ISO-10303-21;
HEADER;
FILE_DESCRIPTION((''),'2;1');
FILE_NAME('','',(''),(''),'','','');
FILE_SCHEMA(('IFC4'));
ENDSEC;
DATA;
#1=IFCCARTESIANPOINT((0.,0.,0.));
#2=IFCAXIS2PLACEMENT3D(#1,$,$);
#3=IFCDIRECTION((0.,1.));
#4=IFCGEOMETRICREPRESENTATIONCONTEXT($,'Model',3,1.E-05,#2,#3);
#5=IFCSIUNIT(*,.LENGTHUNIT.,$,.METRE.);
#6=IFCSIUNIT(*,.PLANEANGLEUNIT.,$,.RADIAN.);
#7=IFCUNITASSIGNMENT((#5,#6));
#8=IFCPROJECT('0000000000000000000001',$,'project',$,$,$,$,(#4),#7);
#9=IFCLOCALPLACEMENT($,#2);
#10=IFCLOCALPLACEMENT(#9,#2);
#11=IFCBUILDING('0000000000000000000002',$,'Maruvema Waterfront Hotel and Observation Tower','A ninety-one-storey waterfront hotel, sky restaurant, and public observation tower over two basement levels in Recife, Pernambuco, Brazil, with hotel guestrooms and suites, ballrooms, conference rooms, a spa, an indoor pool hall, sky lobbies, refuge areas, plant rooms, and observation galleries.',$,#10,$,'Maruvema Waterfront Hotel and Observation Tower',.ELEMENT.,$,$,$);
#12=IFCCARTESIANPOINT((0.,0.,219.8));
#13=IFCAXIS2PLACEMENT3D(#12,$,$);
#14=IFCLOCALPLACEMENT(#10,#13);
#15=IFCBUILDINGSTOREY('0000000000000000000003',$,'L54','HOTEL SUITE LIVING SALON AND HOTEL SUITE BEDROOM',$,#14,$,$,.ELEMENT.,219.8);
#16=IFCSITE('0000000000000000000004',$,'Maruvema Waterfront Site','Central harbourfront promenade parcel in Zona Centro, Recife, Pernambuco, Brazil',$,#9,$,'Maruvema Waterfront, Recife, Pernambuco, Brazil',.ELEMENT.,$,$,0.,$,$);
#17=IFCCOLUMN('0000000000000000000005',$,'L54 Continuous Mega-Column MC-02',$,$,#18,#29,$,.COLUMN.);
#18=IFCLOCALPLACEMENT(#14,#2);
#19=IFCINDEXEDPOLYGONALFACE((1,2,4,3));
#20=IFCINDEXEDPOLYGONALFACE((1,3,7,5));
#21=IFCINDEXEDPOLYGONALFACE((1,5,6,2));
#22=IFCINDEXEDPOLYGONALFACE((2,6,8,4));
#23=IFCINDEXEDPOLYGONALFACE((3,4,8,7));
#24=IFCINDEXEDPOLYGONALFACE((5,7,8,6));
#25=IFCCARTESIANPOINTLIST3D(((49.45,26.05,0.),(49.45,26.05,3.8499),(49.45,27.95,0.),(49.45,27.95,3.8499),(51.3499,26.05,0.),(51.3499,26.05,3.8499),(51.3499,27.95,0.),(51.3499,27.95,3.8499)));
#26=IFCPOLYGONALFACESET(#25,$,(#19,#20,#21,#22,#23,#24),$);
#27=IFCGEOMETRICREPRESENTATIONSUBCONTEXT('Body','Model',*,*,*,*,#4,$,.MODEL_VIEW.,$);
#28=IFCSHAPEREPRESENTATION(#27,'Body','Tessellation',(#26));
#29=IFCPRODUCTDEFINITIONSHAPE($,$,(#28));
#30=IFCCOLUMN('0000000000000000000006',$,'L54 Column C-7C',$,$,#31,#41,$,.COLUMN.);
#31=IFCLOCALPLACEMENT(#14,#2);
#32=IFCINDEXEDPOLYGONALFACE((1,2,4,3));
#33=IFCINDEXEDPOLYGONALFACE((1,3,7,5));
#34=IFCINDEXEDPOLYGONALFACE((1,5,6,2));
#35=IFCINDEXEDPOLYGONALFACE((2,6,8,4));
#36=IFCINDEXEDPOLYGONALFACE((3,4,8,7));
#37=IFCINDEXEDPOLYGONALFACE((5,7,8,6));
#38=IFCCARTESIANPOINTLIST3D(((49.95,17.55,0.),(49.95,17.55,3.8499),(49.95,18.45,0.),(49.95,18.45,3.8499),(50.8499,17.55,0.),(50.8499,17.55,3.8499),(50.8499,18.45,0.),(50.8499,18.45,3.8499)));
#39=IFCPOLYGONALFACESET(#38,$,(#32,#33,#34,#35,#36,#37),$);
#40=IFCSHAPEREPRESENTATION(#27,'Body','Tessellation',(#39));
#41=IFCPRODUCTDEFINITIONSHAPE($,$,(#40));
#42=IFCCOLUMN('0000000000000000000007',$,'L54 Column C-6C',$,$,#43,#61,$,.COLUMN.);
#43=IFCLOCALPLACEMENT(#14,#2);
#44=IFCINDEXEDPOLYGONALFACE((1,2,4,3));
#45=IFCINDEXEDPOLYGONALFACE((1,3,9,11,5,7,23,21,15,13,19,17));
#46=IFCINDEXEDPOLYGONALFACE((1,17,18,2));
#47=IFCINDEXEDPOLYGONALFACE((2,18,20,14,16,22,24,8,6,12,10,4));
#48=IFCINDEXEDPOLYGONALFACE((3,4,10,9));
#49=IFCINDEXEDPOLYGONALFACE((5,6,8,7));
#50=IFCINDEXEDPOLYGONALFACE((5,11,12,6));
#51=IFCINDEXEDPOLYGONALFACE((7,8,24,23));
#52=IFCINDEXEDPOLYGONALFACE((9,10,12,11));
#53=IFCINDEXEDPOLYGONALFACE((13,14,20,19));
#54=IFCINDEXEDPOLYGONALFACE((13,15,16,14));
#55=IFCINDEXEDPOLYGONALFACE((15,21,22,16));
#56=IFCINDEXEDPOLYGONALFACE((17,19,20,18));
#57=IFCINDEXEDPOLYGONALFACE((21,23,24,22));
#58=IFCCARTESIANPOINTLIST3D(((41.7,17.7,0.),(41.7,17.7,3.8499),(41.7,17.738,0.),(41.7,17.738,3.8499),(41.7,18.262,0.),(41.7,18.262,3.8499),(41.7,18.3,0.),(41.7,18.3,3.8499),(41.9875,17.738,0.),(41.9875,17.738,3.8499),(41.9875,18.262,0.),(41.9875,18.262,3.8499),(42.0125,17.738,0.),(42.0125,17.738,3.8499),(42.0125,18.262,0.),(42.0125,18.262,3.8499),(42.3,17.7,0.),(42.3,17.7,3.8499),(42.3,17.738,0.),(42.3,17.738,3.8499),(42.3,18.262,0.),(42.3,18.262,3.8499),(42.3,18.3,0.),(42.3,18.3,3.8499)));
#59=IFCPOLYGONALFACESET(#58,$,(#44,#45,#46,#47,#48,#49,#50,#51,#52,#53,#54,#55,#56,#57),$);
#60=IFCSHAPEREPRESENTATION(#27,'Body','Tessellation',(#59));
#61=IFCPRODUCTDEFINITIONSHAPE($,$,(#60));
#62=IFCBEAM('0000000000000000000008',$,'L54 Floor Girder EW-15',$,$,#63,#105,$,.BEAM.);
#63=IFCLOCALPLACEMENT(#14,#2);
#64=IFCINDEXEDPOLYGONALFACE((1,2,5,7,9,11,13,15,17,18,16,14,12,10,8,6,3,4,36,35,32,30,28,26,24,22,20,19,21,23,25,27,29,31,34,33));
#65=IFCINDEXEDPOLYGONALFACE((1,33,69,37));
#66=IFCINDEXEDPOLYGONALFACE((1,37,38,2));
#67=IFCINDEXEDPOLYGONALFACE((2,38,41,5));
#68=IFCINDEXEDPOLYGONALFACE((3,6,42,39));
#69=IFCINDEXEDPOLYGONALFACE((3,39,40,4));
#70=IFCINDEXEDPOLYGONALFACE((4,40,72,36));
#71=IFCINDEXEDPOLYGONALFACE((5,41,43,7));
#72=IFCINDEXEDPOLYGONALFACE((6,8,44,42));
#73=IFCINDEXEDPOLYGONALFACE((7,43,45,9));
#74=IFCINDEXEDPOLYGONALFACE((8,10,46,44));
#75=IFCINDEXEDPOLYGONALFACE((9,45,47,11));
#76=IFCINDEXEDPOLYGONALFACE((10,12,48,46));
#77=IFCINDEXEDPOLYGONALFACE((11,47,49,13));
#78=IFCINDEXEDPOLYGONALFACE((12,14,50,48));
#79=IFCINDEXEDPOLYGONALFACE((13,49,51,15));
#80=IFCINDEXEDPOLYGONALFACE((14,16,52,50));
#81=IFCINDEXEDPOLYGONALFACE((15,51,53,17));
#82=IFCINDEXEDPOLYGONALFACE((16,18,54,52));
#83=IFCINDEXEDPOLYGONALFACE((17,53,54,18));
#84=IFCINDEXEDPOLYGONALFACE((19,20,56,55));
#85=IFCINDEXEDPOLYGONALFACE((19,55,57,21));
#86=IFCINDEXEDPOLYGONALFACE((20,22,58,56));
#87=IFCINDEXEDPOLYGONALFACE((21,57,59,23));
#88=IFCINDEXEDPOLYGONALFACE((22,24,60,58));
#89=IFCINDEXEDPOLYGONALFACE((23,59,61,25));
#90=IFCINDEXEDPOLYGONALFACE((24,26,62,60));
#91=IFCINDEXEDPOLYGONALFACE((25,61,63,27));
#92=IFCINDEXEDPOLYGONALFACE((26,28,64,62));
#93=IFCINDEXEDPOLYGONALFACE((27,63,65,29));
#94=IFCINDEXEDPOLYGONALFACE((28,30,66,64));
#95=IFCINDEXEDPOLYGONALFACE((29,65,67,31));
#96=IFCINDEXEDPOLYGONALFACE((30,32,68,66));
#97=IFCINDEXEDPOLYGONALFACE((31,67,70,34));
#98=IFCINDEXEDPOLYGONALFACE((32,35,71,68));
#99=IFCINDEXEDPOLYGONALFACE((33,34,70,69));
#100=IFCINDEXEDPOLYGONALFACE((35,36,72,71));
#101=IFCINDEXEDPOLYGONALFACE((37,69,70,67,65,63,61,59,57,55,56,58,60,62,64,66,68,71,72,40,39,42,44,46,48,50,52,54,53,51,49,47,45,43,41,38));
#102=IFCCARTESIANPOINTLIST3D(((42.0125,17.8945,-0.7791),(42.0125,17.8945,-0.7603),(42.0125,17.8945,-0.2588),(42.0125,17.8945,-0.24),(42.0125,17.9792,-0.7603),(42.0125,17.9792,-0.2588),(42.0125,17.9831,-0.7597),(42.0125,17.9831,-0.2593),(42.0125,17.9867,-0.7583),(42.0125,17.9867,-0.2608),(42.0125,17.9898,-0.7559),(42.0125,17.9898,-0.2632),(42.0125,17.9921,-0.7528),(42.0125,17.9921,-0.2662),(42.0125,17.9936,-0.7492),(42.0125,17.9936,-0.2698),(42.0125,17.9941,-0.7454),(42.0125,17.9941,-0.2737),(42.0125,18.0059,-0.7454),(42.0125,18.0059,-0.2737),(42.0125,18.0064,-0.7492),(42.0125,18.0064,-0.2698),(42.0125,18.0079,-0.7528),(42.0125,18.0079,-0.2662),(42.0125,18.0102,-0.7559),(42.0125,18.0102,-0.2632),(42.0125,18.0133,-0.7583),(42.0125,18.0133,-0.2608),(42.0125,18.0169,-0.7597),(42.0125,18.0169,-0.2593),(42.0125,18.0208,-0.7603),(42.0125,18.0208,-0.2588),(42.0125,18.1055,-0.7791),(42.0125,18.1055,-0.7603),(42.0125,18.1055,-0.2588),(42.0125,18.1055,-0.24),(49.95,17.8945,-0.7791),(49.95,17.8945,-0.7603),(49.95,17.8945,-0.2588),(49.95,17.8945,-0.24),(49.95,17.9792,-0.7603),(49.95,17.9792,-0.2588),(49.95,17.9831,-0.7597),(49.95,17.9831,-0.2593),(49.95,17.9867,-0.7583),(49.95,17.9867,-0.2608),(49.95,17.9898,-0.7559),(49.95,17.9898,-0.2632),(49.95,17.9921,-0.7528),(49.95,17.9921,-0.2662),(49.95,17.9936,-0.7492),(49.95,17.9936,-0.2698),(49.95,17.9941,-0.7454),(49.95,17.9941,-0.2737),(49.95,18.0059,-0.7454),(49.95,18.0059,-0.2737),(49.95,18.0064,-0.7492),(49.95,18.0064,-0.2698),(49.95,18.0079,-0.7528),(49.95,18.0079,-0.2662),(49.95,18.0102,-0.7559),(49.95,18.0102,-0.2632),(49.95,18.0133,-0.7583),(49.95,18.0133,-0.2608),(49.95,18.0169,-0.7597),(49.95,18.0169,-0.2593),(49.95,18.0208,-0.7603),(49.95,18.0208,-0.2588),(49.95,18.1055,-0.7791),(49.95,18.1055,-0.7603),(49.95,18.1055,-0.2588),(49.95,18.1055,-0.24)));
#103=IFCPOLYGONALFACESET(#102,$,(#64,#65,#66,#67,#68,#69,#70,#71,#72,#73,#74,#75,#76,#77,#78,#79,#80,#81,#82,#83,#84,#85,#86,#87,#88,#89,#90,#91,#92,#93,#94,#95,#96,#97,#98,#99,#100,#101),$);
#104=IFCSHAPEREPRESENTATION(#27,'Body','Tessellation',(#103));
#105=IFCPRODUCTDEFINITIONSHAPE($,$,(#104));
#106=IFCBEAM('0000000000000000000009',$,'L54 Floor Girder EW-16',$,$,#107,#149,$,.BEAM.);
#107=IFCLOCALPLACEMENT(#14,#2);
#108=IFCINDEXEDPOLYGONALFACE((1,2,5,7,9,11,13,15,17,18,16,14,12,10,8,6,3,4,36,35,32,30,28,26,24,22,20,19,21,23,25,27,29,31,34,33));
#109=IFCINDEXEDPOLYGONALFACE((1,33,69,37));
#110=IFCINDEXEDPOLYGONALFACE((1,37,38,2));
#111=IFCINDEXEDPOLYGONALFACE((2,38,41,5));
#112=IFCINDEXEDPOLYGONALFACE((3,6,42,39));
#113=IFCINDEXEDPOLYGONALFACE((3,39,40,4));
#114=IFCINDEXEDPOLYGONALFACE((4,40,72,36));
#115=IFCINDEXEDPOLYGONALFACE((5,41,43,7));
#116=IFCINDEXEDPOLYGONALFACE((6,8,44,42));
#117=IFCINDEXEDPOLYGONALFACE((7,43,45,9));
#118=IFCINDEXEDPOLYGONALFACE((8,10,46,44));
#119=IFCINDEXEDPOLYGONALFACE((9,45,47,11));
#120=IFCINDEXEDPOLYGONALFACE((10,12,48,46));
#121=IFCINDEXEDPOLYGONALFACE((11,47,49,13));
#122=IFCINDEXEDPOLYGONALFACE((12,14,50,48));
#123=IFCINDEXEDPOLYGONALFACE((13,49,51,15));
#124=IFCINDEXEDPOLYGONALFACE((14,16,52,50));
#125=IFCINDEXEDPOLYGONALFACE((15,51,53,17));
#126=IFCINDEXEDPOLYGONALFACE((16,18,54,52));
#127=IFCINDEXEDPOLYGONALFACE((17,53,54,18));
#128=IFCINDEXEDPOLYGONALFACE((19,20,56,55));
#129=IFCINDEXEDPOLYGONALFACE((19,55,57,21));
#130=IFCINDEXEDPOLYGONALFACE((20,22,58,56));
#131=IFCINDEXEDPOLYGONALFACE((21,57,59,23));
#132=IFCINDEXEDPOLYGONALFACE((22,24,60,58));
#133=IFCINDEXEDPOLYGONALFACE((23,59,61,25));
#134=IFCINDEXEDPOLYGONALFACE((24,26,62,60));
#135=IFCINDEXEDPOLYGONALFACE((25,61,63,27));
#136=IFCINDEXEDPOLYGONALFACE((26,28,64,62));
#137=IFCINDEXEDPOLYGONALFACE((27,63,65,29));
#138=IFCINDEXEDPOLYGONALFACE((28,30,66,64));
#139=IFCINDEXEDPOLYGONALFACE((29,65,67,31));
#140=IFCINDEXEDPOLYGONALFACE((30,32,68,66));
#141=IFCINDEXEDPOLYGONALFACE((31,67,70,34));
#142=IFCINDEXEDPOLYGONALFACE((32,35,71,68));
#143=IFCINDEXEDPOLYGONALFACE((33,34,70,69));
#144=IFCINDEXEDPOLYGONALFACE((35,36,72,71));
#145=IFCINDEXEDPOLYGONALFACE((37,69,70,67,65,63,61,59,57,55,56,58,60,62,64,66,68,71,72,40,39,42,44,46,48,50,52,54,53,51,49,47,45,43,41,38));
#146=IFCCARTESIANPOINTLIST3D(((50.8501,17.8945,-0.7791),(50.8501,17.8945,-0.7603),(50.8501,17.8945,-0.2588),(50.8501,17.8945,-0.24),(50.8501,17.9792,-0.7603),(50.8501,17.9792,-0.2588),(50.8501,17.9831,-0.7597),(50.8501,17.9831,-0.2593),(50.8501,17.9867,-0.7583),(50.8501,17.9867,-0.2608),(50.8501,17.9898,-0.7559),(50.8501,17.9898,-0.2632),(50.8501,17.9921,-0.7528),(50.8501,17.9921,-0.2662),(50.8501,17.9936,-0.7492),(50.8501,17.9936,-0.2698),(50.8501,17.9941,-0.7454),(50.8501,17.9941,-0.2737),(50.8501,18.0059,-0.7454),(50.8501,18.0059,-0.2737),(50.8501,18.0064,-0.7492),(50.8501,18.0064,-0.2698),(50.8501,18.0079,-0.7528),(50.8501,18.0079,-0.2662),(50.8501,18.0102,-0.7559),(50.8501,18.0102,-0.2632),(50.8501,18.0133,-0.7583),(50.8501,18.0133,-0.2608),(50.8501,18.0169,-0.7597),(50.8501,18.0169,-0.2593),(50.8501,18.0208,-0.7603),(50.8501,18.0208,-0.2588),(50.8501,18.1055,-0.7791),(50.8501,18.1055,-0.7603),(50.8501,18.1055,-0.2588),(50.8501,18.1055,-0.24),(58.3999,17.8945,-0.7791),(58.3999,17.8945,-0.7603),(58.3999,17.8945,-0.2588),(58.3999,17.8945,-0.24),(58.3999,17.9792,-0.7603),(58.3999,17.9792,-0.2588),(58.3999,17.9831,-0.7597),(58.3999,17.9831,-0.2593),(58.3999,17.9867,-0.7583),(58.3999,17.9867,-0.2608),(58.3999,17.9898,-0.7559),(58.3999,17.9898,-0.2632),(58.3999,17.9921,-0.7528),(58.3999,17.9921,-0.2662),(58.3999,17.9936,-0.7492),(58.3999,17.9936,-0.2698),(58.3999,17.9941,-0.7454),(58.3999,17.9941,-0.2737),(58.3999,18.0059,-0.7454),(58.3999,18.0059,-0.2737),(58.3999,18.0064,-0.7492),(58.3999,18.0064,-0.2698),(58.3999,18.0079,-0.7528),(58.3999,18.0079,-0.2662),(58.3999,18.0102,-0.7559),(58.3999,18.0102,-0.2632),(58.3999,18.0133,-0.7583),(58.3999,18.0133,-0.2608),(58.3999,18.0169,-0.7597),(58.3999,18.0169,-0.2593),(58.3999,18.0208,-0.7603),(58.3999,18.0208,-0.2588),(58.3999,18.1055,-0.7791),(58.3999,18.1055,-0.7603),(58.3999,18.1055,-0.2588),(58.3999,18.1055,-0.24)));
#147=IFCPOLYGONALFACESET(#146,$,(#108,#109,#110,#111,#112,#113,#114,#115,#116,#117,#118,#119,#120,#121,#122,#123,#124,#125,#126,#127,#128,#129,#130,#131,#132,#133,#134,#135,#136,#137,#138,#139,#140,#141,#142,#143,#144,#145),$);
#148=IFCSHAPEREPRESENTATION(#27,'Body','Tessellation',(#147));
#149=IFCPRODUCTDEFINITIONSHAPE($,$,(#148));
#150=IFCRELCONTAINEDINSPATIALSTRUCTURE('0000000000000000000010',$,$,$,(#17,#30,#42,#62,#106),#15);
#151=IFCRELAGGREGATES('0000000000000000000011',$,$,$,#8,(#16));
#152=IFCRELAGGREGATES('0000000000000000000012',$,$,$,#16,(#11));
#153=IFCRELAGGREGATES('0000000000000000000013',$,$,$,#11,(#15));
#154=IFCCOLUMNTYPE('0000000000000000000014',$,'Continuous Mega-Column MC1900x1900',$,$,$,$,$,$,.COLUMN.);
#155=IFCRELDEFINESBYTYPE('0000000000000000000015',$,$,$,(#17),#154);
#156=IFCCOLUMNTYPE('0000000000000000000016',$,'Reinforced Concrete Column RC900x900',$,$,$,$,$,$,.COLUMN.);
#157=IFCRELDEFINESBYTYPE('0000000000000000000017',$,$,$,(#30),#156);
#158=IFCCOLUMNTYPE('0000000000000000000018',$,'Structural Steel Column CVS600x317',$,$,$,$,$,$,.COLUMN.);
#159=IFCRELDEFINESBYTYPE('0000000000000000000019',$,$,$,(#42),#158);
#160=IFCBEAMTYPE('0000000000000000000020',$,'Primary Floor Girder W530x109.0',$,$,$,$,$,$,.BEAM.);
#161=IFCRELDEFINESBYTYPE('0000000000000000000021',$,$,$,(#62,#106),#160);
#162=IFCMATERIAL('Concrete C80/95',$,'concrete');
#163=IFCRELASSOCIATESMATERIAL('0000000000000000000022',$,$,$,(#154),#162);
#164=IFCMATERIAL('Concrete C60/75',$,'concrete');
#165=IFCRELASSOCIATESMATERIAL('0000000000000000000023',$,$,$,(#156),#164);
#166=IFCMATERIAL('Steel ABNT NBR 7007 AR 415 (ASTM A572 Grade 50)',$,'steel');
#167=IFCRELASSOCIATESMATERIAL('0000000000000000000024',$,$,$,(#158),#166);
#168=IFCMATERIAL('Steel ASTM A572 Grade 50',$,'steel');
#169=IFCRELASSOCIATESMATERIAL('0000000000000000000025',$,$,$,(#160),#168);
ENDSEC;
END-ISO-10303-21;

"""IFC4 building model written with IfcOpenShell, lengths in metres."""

from ifc_helpers import new_model, si_unit, direction, frame, origin, origin_2d, place, context, subcontext, project, spatial, rectangle, i_section, extrude, material, material_profile, profile_set, type_object, element, save


model = new_model("IFC4")

# Units and contexts
model_context = context("Model", 3, precision=1e-05, world=origin(), true_north=direction((0.0, 1.0)))
body_context = subcontext(model_context, "Body", "Model", "MODEL_VIEW")
ifc_project = project(units=[si_unit("LENGTHUNIT", "METRE"), si_unit("PLANEANGLEUNIT", "RADIAN")], contexts=[model_context])

# Site, building, storey
site_placement = place(None, origin())
site = spatial("IfcSite", under=ifc_project, at=site_placement, Name="Maruvema Waterfront Site", Description="Central harbourfront promenade parcel in Zona Centro, Recife, Pernambuco, Brazil", LongName="Maruvema Waterfront, Recife, Pernambuco, Brazil", CompositionType="ELEMENT", RefElevation=0.0)
building_placement = place(site_placement, origin())
building = spatial("IfcBuilding", under=site, at=building_placement, Name="Maruvema Waterfront Hotel and Observation Tower", Description="A ninety-one-storey waterfront hotel, sky restaurant, and public observation tower over two basement levels in Recife, Pernambuco, Brazil, with hotel guestrooms and suites, ballrooms, conference rooms, a spa, an indoor pool hall, sky lobbies, refuge areas, plant rooms, and observation galleries.", LongName="Maruvema Waterfront Hotel and Observation Tower", CompositionType="ELEMENT")
storey_placement = place(building_placement, frame((0.0, 0.0, 219.8)))
storey = spatial("IfcBuildingStorey", under=building, at=storey_placement, Name="L54", Description="HOTEL SUITE LIVING SALON AND HOTEL SUITE BEDROOM", CompositionType="ELEMENT", Elevation=219.8)

# Columns
ifc_material_1 = material(Name="Concrete C80/95", Category="concrete")
ifc_material_profile_1 = material_profile(ifc_material_1, rectangle(XDim=1.8999, YDim=1.8999, at=origin_2d()), Name="MC1900x1900")
ifc_profile_set_1 = profile_set([ifc_material_profile_1], Name="Concrete C80/95")
column_type_1 = type_object("IfcColumnType", Name="Continuous Mega-Column MC1900x1900", PredefinedType="COLUMN", material=ifc_profile_set_1)
column_1_placement = place(storey_placement, frame((50.3999, 27.0, 0.0), z_axis=(0.0, 0.0, 1.0), x_axis=(1.0, 0.0, 0.0)))
element("IfcColumn", 1, at=column_1_placement, inside=storey, type_object=column_type_1, Name="L54 Continuous Mega-Column MC-02", PredefinedType="COLUMN", context=body_context, shape_type="SweptSolid", body=[
    extrude(rectangle(XDim=1.8999, YDim=1.8999, at=origin_2d()), origin(), (0.0, 0.0, 1.0), 3.8499),
])
ifc_material_2 = material(Name="Concrete C60/75", Category="concrete")
ifc_material_profile_2 = material_profile(ifc_material_2, rectangle(XDim=0.8999, YDim=0.8999, at=origin_2d()), Name="RC900x900")
ifc_profile_set_2 = profile_set([ifc_material_profile_2], Name="Concrete C60/75")
column_type_2 = type_object("IfcColumnType", Name="Reinforced Concrete Column RC900x900", PredefinedType="COLUMN", material=ifc_profile_set_2)
column_2_placement = place(storey_placement, frame((50.3999, 18.0, 0.0), z_axis=(0.0, 0.0, 1.0), x_axis=(1.0, 0.0, 0.0)))
element("IfcColumn", 2, at=column_2_placement, inside=storey, type_object=column_type_2, Name="L54 Column C-7C", PredefinedType="COLUMN", context=body_context, shape_type="SweptSolid", body=[
    extrude(rectangle(XDim=0.8999, YDim=0.8999, at=origin_2d()), origin(), (0.0, 0.0, 1.0), 3.8499),
])
ifc_material_3 = material(Name="Steel ABNT NBR 7007 AR 415 (ASTM A572 Grade 50)", Category="steel")
ifc_material_profile_3 = material_profile(ifc_material_3, i_section(OverallWidth=0.6001, OverallDepth=0.6001, WebThickness=0.0249, FlangeThickness=0.0381, at=origin_2d()), Name="CVS600x317")
ifc_profile_set_3 = profile_set([ifc_material_profile_3], Name="Steel ABNT NBR 7007 AR 415 (ASTM A572 Grade 50)")
column_type_3 = type_object("IfcColumnType", Name="Structural Steel Column CVS600x317", PredefinedType="COLUMN", material=ifc_profile_set_3)
column_3_placement = place(storey_placement, frame((42.0, 18.0, 0.0), z_axis=(0.0, 0.0, 1.0), x_axis=(1.0, 0.0, 0.0)))
element("IfcColumn", 3, at=column_3_placement, inside=storey, type_object=column_type_3, Name="L54 Column C-6C", PredefinedType="COLUMN", context=body_context, shape_type="SweptSolid", body=[
    extrude(i_section(OverallWidth=0.6001, OverallDepth=0.6001, WebThickness=0.0249, FlangeThickness=0.0381, at=origin_2d()), origin(), (0.0, 0.0, 1.0), 3.8499),
])

# Beams
ifc_material_4 = material(Name="Steel ASTM A572 Grade 50", Category="steel")
ifc_material_profile_4 = material_profile(ifc_material_4, i_section(OverallWidth=0.2109, OverallDepth=0.5391, WebThickness=0.0117, FlangeThickness=0.0188, FilletRadius=0.0149, at=origin_2d()), Name="W530x109.0")
ifc_profile_set_4 = profile_set([ifc_material_profile_4], Name="Steel ASTM A572 Grade 50")
beam_type_1 = type_object("IfcBeamType", Name="Primary Floor Girder W530x109.0", PredefinedType="BEAM", material=ifc_profile_set_4)
beam_1_placement = place(storey_placement, frame((42.0125, 18.0, -0.5095), z_axis=(1.0, 0.0, 0.0), x_axis=(0.0, 1.0, 0.0)))
element("IfcBeam", 4, at=beam_1_placement, inside=storey, type_object=beam_type_1, Name="L54 Floor Girder EW-15", PredefinedType="BEAM", context=body_context, shape_type="SweptSolid", body=[
    extrude(i_section(OverallWidth=0.2109, OverallDepth=0.5391, WebThickness=0.0117, FlangeThickness=0.0188, FilletRadius=0.0149, at=origin_2d()), origin(), (0.0, 0.0, 1.0), 7.9375),
])
beam_2_placement = place(storey_placement, frame((50.8501, 18.0, -0.5095), z_axis=(1.0, 0.0, 0.0), x_axis=(0.0, 1.0, 0.0)))
element("IfcBeam", 5, at=beam_2_placement, inside=storey, type_object=beam_type_1, Name="L54 Floor Girder EW-16", PredefinedType="BEAM", context=body_context, shape_type="SweptSolid", body=[
    extrude(i_section(OverallWidth=0.2109, OverallDepth=0.5391, WebThickness=0.0117, FlangeThickness=0.0188, FilletRadius=0.0149, at=origin_2d()), origin(), (0.0, 0.0, 1.0), 7.5498),
])

save(model, "model.ifc")
